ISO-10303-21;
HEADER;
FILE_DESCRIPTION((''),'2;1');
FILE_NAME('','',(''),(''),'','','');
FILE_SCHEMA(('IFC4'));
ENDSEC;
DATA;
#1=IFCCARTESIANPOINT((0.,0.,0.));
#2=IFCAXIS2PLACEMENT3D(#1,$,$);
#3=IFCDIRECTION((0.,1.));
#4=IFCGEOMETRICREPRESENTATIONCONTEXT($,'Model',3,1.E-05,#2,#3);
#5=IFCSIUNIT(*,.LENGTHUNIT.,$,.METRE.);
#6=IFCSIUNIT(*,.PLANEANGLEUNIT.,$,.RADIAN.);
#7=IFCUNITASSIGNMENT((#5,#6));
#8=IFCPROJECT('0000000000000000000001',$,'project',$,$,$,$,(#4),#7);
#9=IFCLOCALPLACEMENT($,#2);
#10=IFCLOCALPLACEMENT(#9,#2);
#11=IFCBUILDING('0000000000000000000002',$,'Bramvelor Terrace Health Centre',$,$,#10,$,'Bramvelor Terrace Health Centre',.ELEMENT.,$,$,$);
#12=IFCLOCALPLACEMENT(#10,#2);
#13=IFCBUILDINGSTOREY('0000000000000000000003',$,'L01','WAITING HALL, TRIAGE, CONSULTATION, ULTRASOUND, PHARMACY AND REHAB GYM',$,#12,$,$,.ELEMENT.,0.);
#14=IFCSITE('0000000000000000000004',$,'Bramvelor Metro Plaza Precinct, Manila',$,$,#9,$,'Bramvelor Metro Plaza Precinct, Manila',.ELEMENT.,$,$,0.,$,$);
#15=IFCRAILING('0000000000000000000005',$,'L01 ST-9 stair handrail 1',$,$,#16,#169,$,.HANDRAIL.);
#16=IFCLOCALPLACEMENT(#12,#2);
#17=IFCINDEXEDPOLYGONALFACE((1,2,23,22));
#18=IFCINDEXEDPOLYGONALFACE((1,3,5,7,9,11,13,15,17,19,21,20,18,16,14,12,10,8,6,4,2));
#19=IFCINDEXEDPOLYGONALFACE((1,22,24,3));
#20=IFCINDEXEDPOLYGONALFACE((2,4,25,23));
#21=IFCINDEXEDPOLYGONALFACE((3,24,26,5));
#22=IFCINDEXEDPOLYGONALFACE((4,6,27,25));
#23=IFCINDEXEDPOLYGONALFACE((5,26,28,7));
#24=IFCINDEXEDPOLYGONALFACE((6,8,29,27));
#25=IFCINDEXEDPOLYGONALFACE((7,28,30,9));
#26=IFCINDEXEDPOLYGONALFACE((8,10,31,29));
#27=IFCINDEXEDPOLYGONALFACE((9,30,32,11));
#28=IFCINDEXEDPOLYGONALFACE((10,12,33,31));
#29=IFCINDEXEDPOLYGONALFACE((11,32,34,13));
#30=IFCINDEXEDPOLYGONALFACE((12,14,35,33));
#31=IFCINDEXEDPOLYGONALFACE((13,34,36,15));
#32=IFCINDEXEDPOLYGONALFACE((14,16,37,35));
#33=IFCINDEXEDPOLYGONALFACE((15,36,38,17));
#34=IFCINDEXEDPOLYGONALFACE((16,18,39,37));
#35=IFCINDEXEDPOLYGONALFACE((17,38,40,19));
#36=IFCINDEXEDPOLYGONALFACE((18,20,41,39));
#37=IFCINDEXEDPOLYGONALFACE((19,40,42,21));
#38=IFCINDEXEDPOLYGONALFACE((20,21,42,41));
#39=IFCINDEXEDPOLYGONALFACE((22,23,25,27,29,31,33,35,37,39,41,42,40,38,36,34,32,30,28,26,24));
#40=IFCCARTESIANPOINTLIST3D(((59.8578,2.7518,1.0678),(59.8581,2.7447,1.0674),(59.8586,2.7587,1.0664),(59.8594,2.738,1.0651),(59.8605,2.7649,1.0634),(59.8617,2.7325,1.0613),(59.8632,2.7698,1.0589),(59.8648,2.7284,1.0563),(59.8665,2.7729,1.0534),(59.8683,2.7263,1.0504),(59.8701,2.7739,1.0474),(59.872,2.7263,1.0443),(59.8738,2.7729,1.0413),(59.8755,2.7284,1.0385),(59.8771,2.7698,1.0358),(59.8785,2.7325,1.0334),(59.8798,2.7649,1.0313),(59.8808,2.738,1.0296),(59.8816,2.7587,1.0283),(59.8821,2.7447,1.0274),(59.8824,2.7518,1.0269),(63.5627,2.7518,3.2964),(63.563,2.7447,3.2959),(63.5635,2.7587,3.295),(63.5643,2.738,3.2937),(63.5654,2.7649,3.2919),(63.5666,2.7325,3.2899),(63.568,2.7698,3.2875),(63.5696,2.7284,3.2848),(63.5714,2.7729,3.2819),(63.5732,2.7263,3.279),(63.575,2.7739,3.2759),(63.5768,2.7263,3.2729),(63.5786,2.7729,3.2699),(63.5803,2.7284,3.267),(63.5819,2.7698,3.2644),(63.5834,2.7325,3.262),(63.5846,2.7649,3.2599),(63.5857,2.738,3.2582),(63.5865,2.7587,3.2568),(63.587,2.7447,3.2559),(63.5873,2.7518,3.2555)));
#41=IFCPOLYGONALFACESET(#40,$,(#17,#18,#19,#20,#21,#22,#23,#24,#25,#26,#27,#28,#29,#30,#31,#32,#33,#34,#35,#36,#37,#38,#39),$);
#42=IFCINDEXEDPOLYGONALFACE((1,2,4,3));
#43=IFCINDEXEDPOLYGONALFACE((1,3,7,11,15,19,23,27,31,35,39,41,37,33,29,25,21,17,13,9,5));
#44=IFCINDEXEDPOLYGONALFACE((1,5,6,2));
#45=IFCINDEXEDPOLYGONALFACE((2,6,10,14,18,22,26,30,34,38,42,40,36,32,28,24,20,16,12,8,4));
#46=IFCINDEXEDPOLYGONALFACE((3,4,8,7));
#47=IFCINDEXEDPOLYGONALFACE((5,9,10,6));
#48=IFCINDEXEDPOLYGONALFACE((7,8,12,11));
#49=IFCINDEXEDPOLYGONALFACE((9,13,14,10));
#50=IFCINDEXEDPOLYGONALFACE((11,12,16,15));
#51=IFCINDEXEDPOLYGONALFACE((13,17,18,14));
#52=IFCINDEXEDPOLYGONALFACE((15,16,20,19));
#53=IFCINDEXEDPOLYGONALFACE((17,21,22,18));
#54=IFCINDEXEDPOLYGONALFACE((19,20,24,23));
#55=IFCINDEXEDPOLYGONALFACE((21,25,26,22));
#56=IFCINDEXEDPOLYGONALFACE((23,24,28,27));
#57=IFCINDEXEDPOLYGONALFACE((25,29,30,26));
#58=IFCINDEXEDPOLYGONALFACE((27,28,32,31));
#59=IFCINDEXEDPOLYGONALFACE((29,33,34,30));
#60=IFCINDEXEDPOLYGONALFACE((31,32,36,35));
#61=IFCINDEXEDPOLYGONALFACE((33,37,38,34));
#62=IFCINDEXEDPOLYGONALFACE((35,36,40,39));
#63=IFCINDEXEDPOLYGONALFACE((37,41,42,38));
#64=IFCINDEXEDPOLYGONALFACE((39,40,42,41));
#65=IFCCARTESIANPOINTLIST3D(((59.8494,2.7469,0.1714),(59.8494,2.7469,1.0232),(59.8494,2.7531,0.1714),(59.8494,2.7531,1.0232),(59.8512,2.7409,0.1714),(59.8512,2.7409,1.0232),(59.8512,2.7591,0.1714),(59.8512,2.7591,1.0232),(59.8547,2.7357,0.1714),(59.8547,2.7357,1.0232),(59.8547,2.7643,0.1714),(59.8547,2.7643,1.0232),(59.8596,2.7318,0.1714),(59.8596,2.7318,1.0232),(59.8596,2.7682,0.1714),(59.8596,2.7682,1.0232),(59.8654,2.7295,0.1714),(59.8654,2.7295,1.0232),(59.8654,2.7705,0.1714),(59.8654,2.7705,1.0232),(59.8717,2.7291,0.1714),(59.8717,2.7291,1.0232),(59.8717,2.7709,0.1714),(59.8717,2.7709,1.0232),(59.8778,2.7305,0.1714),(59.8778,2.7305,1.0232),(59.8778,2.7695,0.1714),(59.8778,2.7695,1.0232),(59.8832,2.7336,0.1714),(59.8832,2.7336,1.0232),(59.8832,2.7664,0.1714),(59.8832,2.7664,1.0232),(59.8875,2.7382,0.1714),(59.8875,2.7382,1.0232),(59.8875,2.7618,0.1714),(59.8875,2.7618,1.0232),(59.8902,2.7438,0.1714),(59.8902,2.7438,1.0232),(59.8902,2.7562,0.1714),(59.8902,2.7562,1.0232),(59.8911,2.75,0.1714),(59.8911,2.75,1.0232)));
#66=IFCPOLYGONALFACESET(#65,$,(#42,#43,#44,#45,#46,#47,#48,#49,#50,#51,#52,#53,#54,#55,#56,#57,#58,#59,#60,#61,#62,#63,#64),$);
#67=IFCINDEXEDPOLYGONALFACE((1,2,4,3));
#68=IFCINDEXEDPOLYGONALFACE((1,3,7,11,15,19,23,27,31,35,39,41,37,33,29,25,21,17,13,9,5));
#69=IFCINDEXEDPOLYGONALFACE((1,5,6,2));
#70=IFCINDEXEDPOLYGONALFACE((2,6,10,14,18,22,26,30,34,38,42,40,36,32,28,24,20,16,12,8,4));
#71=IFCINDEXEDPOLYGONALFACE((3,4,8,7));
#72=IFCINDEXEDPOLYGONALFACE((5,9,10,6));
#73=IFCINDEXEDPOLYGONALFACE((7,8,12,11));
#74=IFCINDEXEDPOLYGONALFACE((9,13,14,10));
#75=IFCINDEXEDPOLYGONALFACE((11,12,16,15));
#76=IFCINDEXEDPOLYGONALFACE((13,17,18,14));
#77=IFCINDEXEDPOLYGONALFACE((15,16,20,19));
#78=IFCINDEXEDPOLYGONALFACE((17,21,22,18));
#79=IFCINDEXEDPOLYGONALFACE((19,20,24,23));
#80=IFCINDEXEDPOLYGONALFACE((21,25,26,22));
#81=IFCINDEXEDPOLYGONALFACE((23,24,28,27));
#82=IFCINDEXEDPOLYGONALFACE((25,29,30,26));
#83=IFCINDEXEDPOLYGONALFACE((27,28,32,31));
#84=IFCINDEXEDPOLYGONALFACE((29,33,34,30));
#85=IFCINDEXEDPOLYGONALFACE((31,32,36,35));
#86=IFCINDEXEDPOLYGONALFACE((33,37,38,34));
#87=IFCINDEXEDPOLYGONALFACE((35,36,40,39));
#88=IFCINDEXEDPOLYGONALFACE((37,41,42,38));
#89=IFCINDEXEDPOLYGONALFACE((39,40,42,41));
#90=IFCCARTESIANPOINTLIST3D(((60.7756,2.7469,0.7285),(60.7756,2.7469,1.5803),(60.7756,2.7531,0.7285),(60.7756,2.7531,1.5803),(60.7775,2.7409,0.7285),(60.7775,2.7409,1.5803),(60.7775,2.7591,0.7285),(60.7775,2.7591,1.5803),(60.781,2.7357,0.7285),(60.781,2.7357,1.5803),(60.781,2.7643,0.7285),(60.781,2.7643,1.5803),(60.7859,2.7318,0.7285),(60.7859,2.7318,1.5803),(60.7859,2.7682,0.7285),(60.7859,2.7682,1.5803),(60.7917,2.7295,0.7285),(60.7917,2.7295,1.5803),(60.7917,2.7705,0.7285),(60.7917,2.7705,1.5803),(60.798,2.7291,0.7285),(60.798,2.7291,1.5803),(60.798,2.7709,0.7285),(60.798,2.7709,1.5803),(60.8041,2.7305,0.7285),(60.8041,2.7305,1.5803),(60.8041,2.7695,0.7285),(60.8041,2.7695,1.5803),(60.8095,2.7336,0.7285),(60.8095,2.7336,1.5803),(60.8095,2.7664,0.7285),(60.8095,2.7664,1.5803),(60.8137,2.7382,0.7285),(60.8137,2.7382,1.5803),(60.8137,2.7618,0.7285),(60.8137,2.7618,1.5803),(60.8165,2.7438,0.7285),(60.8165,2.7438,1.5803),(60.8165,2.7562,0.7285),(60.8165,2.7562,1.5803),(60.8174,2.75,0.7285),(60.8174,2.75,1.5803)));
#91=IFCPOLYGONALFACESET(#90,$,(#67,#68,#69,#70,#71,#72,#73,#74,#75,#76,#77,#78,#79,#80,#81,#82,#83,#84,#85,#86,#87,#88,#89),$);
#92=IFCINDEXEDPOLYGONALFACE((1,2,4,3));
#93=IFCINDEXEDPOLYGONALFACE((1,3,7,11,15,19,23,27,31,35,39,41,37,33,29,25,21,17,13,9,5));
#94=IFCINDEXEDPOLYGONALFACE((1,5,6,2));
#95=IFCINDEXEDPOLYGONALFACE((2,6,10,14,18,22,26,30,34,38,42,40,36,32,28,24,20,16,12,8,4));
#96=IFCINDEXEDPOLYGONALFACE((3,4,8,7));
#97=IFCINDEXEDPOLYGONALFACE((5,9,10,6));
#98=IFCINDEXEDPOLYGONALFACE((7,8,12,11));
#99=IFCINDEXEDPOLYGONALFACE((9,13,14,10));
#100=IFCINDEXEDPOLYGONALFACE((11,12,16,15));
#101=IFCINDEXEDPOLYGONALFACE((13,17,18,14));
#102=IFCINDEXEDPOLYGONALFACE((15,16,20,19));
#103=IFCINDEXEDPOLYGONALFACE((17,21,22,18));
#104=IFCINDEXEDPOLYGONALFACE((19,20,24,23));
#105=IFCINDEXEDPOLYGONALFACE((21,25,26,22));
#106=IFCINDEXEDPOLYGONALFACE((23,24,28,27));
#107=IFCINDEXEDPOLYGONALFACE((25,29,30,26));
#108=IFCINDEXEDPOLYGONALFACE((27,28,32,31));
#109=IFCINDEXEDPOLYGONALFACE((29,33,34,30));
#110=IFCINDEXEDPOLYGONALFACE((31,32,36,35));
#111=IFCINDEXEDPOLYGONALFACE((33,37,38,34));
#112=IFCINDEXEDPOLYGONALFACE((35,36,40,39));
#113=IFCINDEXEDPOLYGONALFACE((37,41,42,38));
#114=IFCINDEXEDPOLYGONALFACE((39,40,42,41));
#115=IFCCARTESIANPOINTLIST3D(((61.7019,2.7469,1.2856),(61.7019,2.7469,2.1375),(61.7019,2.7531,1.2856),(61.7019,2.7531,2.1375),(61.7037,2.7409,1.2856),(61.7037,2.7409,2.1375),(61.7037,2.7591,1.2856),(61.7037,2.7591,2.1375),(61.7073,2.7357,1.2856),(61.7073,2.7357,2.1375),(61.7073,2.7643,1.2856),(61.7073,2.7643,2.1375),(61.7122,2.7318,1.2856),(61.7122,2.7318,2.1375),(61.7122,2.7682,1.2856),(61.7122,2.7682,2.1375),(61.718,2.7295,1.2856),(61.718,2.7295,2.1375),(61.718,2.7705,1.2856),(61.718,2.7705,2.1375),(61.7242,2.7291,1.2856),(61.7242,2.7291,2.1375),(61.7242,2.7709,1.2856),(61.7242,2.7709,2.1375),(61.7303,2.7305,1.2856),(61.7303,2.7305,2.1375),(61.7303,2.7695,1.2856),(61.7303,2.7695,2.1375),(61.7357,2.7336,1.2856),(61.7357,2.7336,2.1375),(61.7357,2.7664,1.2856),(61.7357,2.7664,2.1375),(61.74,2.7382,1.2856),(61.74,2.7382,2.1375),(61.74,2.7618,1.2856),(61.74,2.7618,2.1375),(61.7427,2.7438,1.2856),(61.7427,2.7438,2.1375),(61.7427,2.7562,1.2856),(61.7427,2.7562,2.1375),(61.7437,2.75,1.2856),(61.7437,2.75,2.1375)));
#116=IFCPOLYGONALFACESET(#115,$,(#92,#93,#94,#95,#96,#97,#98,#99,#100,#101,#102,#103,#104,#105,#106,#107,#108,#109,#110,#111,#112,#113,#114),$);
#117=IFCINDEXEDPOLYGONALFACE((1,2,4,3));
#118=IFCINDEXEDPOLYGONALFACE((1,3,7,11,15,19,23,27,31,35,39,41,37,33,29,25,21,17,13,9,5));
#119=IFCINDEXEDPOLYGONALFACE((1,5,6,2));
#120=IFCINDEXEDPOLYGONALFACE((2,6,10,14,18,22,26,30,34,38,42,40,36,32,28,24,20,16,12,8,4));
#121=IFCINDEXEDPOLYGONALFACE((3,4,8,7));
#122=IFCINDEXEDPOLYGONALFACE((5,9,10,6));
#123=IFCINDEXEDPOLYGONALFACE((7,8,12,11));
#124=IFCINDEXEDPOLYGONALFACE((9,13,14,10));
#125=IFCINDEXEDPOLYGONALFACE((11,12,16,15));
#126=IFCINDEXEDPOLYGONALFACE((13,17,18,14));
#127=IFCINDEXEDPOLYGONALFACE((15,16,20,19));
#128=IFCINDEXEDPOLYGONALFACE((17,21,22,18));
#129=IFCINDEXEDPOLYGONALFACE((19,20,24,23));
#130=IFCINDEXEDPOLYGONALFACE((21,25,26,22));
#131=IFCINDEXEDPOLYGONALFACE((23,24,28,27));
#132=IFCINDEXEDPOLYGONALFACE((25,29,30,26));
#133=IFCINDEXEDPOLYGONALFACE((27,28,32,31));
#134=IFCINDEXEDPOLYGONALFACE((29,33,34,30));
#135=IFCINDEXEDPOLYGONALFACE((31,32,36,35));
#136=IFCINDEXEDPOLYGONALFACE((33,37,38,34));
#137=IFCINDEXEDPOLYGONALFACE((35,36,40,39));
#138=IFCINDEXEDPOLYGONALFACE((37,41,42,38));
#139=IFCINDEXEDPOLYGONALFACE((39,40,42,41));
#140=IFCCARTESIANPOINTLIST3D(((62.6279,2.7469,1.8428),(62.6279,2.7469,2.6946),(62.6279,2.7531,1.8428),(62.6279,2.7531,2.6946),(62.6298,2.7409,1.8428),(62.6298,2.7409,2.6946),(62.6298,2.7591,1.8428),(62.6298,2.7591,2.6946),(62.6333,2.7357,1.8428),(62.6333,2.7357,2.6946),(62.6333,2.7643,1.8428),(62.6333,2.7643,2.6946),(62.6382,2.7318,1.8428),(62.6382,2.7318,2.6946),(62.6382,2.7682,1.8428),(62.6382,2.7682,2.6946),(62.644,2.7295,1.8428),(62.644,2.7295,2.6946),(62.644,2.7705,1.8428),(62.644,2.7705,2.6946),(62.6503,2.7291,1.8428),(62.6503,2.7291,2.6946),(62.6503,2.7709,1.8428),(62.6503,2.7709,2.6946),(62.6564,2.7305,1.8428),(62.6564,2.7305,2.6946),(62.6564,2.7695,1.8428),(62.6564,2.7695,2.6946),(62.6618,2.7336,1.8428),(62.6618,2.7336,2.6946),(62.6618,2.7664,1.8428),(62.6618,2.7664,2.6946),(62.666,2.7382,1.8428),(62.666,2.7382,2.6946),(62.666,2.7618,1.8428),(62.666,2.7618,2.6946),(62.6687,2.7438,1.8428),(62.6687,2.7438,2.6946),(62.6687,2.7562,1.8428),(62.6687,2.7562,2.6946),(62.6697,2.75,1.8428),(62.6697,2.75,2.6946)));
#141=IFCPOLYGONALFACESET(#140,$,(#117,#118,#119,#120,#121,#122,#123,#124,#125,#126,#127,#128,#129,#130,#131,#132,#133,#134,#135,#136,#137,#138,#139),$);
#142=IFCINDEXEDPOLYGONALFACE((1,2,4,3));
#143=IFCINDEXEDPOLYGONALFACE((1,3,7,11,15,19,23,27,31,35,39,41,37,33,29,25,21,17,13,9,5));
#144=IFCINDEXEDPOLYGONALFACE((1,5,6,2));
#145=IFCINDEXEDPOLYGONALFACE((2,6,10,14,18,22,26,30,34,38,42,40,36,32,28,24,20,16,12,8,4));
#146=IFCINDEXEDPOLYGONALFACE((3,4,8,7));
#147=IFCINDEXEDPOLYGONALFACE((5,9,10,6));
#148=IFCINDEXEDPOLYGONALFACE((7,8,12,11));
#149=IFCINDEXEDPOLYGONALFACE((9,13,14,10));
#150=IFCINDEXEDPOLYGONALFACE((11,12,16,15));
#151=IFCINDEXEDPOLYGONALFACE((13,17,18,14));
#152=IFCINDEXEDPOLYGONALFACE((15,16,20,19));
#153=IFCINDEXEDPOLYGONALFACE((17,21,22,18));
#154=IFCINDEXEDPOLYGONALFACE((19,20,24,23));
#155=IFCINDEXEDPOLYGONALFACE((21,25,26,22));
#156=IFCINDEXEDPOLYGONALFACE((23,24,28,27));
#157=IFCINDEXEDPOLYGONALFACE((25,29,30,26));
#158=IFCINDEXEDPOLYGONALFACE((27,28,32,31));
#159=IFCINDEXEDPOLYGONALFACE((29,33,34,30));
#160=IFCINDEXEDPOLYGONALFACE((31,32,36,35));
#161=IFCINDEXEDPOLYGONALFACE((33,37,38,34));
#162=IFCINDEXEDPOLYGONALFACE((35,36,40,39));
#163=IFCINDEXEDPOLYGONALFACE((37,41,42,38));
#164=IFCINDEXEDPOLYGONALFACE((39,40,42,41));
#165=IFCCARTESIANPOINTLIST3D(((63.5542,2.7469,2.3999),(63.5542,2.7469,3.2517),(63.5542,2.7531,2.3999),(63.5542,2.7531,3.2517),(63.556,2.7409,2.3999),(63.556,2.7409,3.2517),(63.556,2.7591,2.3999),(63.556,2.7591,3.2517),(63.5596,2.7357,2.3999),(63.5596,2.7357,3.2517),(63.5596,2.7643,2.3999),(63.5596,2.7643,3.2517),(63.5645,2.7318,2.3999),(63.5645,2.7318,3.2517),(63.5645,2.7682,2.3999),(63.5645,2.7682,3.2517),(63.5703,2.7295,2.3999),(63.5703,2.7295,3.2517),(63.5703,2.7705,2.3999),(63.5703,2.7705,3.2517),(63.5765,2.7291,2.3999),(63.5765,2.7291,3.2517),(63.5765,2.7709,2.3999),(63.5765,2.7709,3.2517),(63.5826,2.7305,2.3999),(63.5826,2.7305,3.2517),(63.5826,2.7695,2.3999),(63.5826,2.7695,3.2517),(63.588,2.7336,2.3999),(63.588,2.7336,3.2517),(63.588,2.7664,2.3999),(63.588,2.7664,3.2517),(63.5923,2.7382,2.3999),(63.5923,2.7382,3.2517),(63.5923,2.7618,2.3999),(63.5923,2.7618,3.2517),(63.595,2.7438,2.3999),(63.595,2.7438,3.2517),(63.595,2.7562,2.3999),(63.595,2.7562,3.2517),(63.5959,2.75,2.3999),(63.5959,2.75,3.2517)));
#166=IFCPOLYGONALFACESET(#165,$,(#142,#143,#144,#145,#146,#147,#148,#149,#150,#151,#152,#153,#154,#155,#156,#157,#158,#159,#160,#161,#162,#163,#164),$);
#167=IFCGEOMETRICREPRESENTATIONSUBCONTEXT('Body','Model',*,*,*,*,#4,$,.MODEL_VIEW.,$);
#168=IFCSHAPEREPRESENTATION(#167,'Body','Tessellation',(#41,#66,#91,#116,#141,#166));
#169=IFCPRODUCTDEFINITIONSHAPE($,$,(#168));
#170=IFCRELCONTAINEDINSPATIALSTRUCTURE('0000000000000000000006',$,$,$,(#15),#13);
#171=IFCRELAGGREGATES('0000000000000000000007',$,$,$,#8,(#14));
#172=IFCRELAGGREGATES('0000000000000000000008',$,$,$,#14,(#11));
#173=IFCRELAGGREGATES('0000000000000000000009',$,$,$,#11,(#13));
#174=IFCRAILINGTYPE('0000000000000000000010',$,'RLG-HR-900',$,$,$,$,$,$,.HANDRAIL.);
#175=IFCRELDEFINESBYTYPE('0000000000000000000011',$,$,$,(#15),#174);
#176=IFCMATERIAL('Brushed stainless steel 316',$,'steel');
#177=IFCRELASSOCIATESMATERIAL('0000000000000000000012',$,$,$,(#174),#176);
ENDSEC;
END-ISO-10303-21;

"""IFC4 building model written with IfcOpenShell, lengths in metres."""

from ifc_helpers import new_model, si_unit, direction, frame, origin, origin_2d, place, context, subcontext, project, spatial, circle, extrude, material, type_object, element, save


model = new_model("IFC4")

# Units and contexts
model_context = context("Model", 3, precision=1e-05, world=origin(), true_north=direction((0.0, 1.0)))
body_context = subcontext(model_context, "Body", "Model", "MODEL_VIEW")
ifc_project = project(units=[si_unit("LENGTHUNIT", "METRE"), si_unit("PLANEANGLEUNIT", "RADIAN")], contexts=[model_context])

# Site, building, storey
site_placement = place(None, origin())
site = spatial("IfcSite", under=ifc_project, at=site_placement, Name="Bramvelor Metro Plaza Precinct, Manila", LongName="Bramvelor Metro Plaza Precinct, Manila", CompositionType="ELEMENT", RefElevation=0.0)
building_placement = place(site_placement, origin())
building = spatial("IfcBuilding", under=site, at=building_placement, Name="Bramvelor Terrace Health Centre", LongName="Bramvelor Terrace Health Centre", CompositionType="ELEMENT")
storey_placement = place(building_placement, origin())
storey = spatial("IfcBuildingStorey", under=building, at=storey_placement, Name="L01", Description="WAITING HALL, TRIAGE, CONSULTATION, ULTRASOUND, PHARMACY AND REHAB GYM", CompositionType="ELEMENT", Elevation=0.0)

# Railing
ifc_material_1 = material(Name="Brushed stainless steel 316", Category="steel")
railing_type_1 = type_object("IfcRailingType", Name="RLG-HR-900", PredefinedType="HANDRAIL", material=ifc_material_1)
railing_1_placement = place(storey_placement, frame((59.8701, 2.75, 0.1714)))
element("IfcRailing", 1, at=railing_1_placement, inside=storey, type_object=railing_type_1, Name="L01 ST-9 stair handrail 1", PredefinedType="HANDRAIL", context=body_context, shape_type="SweptSolid", body=[
    extrude(circle(Radius=0.0239, at=origin_2d()), frame((0.0, 0.0, 0.876), z_axis=(0.856919, 0.0, 0.51545), x_axis=(0.0, 1.0, 0.0)), (0.0, 0.0, 1.0), 4.3235),
    extrude(circle(Radius=0.021, at=origin_2d()), origin(), (0.0, 0.0, 1.0), 0.8518),
    extrude(circle(Radius=0.021, at=origin_2d()), frame((0.9263, 0.0, 0.5571)), (0.0, 0.0, 1.0), 0.8518),
    extrude(circle(Radius=0.021, at=origin_2d()), frame((1.8525, 0.0, 1.1143)), (0.0, 0.0, 1.0), 0.8518),
    extrude(circle(Radius=0.021, at=origin_2d()), frame((2.7786, 0.0, 1.6714)), (0.0, 0.0, 1.0), 0.8518),
    extrude(circle(Radius=0.021, at=origin_2d()), frame((3.7048, 0.0, 2.2285)), (0.0, 0.0, 1.0), 0.8518),
])

save(model, "model.ifc")
